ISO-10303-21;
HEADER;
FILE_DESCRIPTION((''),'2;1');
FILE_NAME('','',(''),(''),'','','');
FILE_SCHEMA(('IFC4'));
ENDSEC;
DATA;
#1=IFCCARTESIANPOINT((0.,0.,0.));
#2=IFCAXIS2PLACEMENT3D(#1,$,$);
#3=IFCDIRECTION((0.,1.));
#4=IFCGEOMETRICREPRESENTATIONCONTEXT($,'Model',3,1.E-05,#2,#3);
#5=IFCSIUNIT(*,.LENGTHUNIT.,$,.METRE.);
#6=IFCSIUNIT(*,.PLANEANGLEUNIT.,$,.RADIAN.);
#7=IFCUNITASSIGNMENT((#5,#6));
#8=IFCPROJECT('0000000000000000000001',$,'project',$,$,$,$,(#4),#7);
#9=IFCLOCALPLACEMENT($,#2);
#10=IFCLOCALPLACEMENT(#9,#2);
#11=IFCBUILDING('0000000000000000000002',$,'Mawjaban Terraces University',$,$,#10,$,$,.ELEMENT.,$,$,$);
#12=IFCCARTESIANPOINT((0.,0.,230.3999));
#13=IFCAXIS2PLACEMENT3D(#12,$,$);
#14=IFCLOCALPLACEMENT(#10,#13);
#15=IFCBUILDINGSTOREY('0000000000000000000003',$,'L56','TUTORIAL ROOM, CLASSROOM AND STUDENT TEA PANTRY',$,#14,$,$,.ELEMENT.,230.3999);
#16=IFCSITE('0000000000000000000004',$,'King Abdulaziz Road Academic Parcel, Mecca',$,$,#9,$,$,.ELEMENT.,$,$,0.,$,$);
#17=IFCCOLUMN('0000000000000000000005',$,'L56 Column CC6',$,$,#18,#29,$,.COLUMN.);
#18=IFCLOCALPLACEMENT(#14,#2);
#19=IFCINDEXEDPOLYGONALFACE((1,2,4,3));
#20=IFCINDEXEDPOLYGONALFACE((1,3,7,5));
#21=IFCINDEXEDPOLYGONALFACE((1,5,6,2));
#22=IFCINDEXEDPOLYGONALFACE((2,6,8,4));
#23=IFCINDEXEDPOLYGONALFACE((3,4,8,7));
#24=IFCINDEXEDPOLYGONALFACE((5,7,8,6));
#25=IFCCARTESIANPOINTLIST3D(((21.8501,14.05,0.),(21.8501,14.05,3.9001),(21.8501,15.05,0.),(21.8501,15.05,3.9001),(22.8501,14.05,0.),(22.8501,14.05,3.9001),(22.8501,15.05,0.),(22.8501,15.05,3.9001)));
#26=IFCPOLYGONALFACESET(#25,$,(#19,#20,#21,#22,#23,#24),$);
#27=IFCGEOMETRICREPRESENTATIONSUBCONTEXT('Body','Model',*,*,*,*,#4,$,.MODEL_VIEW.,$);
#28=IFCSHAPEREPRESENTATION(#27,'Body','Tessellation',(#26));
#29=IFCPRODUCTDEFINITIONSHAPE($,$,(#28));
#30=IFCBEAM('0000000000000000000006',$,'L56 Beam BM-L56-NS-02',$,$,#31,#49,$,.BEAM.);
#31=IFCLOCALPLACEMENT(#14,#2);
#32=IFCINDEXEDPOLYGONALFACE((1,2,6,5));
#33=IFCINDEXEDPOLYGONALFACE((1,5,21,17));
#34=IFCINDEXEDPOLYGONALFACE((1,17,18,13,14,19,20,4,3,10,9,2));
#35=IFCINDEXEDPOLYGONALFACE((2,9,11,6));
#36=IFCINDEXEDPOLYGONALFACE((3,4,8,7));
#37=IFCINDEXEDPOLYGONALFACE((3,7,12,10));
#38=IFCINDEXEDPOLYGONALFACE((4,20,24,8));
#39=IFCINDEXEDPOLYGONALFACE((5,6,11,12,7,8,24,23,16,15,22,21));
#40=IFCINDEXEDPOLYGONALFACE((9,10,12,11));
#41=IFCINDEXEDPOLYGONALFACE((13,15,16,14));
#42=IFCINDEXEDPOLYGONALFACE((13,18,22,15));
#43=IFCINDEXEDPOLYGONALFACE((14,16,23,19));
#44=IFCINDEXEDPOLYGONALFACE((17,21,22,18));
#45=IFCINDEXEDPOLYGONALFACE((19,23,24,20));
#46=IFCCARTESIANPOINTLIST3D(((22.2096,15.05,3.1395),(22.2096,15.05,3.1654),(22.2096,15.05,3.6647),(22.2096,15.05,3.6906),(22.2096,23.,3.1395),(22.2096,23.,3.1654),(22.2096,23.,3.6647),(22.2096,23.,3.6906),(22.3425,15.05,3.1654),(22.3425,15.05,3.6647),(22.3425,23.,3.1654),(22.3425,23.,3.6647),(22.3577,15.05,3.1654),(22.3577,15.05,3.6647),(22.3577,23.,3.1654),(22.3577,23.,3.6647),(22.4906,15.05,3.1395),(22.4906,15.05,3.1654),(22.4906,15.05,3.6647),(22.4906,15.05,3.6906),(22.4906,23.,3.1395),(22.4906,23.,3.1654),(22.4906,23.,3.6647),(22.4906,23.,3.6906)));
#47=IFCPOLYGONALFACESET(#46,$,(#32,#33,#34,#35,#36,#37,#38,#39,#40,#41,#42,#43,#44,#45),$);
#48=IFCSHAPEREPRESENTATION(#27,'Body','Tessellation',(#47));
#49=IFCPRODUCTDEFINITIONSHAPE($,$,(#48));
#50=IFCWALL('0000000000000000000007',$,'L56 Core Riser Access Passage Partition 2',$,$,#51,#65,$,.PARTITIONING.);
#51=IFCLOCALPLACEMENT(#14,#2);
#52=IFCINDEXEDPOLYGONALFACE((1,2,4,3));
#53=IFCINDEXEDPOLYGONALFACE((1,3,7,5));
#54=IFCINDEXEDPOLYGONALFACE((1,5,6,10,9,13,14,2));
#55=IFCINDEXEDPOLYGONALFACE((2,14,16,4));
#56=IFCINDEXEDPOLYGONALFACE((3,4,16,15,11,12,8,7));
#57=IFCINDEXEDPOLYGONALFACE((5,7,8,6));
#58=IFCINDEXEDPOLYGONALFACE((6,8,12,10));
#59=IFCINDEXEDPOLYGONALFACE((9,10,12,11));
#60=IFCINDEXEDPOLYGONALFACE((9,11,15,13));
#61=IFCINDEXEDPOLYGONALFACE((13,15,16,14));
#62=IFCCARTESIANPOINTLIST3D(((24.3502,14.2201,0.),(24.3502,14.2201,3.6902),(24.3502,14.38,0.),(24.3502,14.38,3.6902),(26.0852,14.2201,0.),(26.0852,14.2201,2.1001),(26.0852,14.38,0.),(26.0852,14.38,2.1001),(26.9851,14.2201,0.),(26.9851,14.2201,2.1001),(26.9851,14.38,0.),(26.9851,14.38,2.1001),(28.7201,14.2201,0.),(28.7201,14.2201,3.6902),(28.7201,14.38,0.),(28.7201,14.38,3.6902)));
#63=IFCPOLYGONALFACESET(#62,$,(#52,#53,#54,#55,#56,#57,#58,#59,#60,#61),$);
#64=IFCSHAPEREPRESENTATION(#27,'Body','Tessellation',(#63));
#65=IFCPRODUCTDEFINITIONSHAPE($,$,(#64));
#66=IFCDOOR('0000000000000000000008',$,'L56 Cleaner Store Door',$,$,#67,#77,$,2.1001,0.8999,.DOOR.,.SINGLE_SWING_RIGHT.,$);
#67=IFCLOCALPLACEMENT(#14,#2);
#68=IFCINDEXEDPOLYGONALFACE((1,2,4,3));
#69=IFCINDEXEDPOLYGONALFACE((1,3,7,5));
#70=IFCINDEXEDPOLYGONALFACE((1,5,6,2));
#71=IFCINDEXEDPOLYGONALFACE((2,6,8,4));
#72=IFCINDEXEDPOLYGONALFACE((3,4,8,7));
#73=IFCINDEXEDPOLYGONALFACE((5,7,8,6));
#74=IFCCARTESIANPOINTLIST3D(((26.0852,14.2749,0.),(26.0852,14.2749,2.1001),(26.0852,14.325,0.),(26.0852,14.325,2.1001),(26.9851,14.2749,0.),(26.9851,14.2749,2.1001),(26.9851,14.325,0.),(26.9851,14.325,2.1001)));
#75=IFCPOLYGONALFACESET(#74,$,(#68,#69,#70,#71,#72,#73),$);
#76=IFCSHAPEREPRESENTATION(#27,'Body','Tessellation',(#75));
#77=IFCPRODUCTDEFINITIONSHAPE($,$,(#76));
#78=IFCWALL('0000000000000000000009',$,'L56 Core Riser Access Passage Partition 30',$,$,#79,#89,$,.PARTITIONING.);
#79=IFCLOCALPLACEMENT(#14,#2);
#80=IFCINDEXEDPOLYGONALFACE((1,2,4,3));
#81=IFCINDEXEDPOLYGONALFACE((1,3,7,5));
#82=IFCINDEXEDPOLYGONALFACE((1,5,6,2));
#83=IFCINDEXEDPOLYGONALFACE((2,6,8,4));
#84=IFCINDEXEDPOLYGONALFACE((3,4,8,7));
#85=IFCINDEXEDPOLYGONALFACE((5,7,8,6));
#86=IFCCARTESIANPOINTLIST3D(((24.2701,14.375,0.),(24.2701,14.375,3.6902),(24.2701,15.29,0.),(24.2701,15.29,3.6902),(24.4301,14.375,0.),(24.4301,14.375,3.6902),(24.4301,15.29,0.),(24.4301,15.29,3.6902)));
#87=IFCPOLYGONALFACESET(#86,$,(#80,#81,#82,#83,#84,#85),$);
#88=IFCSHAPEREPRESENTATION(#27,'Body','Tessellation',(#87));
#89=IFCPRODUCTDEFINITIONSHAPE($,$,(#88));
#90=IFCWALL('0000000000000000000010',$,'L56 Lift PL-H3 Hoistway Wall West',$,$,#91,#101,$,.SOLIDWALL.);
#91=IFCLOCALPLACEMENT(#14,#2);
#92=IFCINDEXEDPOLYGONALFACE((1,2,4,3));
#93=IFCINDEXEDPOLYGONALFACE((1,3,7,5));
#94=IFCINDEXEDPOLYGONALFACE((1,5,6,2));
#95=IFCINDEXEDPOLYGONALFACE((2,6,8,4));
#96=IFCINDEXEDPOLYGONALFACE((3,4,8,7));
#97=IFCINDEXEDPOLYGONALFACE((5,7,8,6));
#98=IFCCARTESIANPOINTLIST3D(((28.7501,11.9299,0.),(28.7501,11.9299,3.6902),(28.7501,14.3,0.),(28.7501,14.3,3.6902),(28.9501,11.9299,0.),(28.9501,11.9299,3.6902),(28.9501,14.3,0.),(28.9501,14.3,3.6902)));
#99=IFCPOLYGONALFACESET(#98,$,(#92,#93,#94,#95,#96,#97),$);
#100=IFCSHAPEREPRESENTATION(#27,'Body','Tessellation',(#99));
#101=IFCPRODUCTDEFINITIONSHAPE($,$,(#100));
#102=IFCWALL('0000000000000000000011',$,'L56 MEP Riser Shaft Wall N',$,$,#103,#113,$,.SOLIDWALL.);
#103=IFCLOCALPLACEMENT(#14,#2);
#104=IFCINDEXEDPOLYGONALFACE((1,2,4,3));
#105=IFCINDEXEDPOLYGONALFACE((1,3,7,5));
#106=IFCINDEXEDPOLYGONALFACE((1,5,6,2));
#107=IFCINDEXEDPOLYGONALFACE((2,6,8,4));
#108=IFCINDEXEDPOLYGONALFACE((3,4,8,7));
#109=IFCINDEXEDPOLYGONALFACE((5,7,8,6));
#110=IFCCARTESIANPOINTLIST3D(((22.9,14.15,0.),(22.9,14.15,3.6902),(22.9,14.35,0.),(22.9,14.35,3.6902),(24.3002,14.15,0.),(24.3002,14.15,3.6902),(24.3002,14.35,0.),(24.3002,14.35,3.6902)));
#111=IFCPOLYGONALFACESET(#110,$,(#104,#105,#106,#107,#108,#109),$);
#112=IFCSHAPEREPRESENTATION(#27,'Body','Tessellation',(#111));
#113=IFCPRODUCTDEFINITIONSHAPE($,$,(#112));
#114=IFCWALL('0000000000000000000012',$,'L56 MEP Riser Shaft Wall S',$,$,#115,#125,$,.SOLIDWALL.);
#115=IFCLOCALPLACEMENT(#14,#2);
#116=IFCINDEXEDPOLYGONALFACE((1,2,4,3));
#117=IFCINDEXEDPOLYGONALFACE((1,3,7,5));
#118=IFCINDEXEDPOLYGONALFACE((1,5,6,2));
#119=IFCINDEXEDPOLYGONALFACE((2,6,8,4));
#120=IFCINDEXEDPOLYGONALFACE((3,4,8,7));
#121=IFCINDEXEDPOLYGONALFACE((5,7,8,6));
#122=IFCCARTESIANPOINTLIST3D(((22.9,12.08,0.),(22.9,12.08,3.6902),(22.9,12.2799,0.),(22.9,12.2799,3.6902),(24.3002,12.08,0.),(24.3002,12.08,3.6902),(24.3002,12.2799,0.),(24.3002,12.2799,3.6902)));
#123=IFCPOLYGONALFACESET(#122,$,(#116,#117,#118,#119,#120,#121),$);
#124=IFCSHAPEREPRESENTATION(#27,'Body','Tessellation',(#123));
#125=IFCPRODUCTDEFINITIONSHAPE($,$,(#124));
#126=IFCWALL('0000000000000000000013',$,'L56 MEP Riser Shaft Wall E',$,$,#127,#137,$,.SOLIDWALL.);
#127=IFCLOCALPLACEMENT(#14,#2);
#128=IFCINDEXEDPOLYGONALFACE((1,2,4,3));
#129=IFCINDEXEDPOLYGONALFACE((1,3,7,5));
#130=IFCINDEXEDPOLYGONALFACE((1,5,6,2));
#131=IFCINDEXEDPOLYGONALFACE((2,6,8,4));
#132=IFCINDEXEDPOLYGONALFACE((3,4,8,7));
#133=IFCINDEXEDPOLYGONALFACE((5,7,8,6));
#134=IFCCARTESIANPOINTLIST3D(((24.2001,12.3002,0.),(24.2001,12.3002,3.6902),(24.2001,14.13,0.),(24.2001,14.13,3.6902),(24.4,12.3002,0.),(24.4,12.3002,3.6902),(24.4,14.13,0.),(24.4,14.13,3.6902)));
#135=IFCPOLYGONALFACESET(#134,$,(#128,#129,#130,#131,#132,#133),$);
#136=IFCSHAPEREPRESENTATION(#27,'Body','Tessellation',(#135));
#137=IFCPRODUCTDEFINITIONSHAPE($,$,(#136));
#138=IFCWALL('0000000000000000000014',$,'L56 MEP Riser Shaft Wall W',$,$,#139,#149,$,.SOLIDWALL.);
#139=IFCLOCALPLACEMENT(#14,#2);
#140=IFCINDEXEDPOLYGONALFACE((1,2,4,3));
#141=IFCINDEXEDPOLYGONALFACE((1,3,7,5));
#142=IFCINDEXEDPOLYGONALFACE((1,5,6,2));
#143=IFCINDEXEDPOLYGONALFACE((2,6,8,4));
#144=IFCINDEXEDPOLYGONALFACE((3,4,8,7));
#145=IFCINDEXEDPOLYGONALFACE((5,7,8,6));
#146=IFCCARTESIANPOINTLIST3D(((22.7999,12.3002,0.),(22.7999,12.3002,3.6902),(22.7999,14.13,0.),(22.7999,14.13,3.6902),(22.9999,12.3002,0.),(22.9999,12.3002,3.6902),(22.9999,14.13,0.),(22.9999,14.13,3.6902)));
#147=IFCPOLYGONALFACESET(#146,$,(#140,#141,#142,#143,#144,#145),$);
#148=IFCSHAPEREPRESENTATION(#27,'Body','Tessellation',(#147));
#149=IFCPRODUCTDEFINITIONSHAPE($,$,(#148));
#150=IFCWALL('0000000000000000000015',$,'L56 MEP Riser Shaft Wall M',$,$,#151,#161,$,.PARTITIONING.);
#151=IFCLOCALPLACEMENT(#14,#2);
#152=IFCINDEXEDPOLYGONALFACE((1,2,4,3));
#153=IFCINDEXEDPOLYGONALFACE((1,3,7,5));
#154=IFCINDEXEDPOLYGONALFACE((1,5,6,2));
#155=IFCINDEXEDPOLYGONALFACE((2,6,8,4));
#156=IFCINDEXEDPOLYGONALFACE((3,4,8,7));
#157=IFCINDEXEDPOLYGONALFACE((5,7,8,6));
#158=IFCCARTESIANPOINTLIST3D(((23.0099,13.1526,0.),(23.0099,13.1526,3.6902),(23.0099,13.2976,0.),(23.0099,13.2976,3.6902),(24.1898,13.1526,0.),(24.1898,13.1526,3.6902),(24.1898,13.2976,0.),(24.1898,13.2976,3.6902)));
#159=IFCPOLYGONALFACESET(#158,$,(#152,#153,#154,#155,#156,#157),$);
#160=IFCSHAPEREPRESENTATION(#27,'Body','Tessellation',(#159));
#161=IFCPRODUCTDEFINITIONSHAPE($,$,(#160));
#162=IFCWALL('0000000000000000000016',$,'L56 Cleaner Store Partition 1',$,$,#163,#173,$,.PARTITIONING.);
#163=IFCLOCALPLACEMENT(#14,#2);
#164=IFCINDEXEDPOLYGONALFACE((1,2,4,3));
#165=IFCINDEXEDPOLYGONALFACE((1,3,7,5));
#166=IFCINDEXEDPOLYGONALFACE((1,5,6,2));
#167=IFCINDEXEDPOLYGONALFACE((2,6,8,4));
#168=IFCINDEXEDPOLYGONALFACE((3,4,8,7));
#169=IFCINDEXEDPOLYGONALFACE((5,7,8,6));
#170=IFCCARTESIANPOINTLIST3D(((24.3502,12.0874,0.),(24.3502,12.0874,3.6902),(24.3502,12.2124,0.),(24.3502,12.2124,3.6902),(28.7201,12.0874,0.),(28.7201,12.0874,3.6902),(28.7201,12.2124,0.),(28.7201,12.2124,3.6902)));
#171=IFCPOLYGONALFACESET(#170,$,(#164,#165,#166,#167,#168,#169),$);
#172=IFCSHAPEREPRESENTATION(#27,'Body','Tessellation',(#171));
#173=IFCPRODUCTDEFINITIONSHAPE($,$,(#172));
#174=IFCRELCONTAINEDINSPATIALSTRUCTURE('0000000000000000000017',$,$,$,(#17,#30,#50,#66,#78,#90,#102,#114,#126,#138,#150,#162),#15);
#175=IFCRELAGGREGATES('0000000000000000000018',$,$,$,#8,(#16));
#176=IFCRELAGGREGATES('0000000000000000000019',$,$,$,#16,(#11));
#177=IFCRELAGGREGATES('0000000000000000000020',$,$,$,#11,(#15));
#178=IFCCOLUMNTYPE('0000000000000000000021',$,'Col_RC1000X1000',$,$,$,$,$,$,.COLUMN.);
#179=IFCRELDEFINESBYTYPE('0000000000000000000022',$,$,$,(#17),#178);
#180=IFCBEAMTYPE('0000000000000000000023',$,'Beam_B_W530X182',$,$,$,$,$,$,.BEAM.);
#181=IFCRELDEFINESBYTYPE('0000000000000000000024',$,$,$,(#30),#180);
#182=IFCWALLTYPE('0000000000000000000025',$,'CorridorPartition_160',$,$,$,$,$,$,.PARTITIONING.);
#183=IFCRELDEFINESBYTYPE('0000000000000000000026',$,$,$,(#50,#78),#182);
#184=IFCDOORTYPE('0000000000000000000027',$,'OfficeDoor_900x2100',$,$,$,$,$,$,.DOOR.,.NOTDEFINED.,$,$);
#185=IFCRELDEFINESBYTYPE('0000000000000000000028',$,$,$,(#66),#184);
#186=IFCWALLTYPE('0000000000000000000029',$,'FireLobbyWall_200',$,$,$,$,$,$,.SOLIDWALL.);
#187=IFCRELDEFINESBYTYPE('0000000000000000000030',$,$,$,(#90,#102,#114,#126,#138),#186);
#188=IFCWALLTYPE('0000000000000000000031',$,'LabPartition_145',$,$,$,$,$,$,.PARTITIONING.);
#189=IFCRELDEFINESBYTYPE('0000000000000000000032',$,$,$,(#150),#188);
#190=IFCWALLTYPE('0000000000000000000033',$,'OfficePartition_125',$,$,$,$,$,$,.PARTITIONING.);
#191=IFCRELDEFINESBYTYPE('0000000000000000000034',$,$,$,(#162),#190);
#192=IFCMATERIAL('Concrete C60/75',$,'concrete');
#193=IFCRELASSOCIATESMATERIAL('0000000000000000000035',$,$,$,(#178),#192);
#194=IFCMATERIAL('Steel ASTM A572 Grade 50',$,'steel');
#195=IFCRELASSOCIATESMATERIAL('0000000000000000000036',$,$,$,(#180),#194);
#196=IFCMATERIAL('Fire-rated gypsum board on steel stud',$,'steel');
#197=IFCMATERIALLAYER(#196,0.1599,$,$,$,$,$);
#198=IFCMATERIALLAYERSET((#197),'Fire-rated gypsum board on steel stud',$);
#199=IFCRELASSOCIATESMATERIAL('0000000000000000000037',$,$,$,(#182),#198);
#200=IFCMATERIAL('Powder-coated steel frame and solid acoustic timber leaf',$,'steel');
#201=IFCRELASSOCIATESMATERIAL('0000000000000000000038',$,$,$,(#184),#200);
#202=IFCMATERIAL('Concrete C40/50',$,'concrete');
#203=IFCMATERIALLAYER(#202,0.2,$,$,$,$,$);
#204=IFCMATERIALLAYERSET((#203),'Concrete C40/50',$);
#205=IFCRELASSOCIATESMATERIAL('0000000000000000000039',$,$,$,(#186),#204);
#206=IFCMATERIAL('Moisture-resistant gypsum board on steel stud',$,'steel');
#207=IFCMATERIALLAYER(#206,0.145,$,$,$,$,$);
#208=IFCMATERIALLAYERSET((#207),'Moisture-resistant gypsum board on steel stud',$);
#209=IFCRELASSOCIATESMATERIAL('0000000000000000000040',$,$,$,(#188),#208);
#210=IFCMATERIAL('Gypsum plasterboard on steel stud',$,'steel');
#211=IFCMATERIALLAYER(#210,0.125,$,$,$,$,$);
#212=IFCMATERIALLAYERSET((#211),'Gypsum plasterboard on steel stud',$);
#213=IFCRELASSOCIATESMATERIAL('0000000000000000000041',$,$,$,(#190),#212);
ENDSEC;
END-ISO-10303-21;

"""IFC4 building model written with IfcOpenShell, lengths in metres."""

from ifc_helpers import new_model, si_unit, direction, frame, frame_2d, origin, origin_2d, place, context, subcontext, project, spatial, rectangle, i_section, extrude, material, layer, layer_set, material_profile, profile_set, type_object, element, fill, save


model = new_model("IFC4")

# Units and contexts
model_context = context("Model", 3, precision=1e-05, world=origin(), true_north=direction((0.0, 1.0)))
body_context = subcontext(model_context, "Body", "Model", "MODEL_VIEW")
ifc_project = project(units=[si_unit("LENGTHUNIT", "METRE"), si_unit("PLANEANGLEUNIT", "RADIAN")], contexts=[model_context])

# Site, building, storey
site_placement = place(None, origin())
site = spatial("IfcSite", under=ifc_project, at=site_placement, Name="King Abdulaziz Road Academic Parcel, Mecca", CompositionType="ELEMENT", RefElevation=0.0)
building_placement = place(site_placement, origin())
building = spatial("IfcBuilding", under=site, at=building_placement, Name="Mawjaban Terraces University", CompositionType="ELEMENT")
storey_placement = place(building_placement, frame((0.0, 0.0, 230.3999)))
storey = spatial("IfcBuildingStorey", under=building, at=storey_placement, Name="L56", Description="TUTORIAL ROOM, CLASSROOM AND STUDENT TEA PANTRY", CompositionType="ELEMENT", Elevation=230.3999)

# Column
ifc_material_1 = material(Name="Concrete C60/75", Category="concrete")
ifc_material_profile_1 = material_profile(ifc_material_1, rectangle(XDim=1.0, YDim=1.0, at=origin_2d()), Name="RC1000X1000")
ifc_profile_set_1 = profile_set([ifc_material_profile_1], Name="Concrete C60/75")
column_type = type_object("IfcColumnType", Name="Col_RC1000X1000", PredefinedType="COLUMN", material=ifc_profile_set_1)
column_placement = place(storey_placement, frame((22.3501, 14.55, 0.0), z_axis=(0.0, 0.0, 1.0), x_axis=(1.0, 0.0, 0.0)))
element("IfcColumn", 1, at=column_placement, inside=storey, type_object=column_type, Name="L56 Column CC6", PredefinedType="COLUMN", context=body_context, shape_type="SweptSolid", body=[
    extrude(rectangle(XDim=1.0, YDim=1.0, at=origin_2d()), origin(), (0.0, 0.0, 1.0), 3.9001),
])

# Beam
ifc_material_2 = material(Name="Steel ASTM A572 Grade 50", Category="steel")
ifc_material_profile_2 = material_profile(ifc_material_2, i_section(OverallWidth=0.281, OverallDepth=0.551, WebThickness=0.0151, FlangeThickness=0.0259, at=origin_2d()), Name="W530X182")
ifc_profile_set_2 = profile_set([ifc_material_profile_2], Name="Steel ASTM A572 Grade 50")
beam_type = type_object("IfcBeamType", Name="Beam_B_W530X182", PredefinedType="BEAM", material=ifc_profile_set_2)
beam_placement = place(storey_placement, frame((22.3501, 15.05, 3.415), z_axis=(0.0, 1.0, 0.0), x_axis=(-1.0, 0.0, 0.0)))
element("IfcBeam", 2, at=beam_placement, inside=storey, type_object=beam_type, Name="L56 Beam BM-L56-NS-02", PredefinedType="BEAM", context=body_context, shape_type="SweptSolid", body=[
    extrude(i_section(OverallWidth=0.281, OverallDepth=0.551, WebThickness=0.0151, FlangeThickness=0.0259, at=origin_2d()), origin(), (0.0, 0.0, 1.0), 7.95),
])

# Wall, opening, door
ifc_material_3 = material(Name="Fire-rated gypsum board on steel stud", Category="steel")
ifc_layer_1 = layer(ifc_material_3, 0.1599)
ifc_layer_set_1 = layer_set([ifc_layer_1], Name="Fire-rated gypsum board on steel stud")
wall_type_1 = type_object("IfcWallType", Name="CorridorPartition_160", PredefinedType="PARTITIONING", material=ifc_layer_set_1)
wall_1_placement = place(storey_placement, frame((24.3501, 14.3, 0.0), z_axis=(0.0, 0.0, 1.0), x_axis=(1.0, 0.0, 0.0)))
wall_1 = element("IfcWall", 3, at=wall_1_placement, inside=storey, type_object=wall_type_1, Name="L56 Core Riser Access Passage Partition 2", PredefinedType="PARTITIONING", context=body_context, shape_type="SweptSolid", body=[
    extrude(rectangle(XDim=4.3699, YDim=0.1599, at=frame_2d((2.1851, 0.0))), origin(), (0.0, 0.0, 1.0), 3.6902),
])
opening_placement = place(wall_1_placement, frame((1.7351, 0.0, 0.0)))
opening = element("IfcOpeningElement", 4, at=opening_placement, cuts=wall_1, PredefinedType="OPENING", context=body_context, shape_type="SweptSolid", body=[
    extrude(rectangle(XDim=0.8999, YDim=2.1001, at=frame_2d((0.45, 1.05))), frame((0.0, 0.0898, 0.0), z_axis=(0.0, -1.0, 0.0), x_axis=(1.0, 0.0, 0.0)), (0.0, 0.0, 1.0), 0.1799),
])
ifc_material_4 = material(Name="Powder-coated steel frame and solid acoustic timber leaf", Category="steel")
door_type = type_object("IfcDoorType", Name="OfficeDoor_900x2100", OperationType="NOTDEFINED", PredefinedType="DOOR", material=ifc_material_4)
door_placement = place(opening_placement, origin())
door = element("IfcDoor", 5, at=door_placement, inside=storey, type_object=door_type, Name="L56 Cleaner Store Door", OperationType="SINGLE_SWING_RIGHT", OverallHeight=2.1001, OverallWidth=0.8999, PredefinedType="DOOR", context=body_context, shape_type="SweptSolid", body=[
    extrude(rectangle(XDim=0.8999, YDim=2.1001, at=frame_2d((0.45, 1.05))), frame((0.0, 0.0249, 0.0), z_axis=(0.0, -1.0, 0.0), x_axis=(1.0, 0.0, 0.0)), (0.0, 0.0, 1.0), 0.05),
])
fill(opening, door)

# Walls
wall_2_placement = place(storey_placement, frame((24.3501, 15.29, 0.0), z_axis=(0.0, 0.0, 1.0), x_axis=(0.0, -1.0, 0.0)))
element("IfcWall", 6, at=wall_2_placement, inside=storey, type_object=wall_type_1, Name="L56 Core Riser Access Passage Partition 30", PredefinedType="PARTITIONING", context=body_context, shape_type="SweptSolid", body=[
    extrude(rectangle(XDim=0.915, YDim=0.1599, at=frame_2d((0.4575, 0.0))), origin(), (0.0, 0.0, 1.0), 3.6902),
])
ifc_material_5 = material(Name="Concrete C40/50", Category="concrete")
ifc_layer_2 = layer(ifc_material_5, 0.2)
ifc_layer_set_2 = layer_set([ifc_layer_2], Name="Concrete C40/50")
wall_type_2 = type_object("IfcWallType", Name="FireLobbyWall_200", PredefinedType="SOLIDWALL", material=ifc_layer_set_2)
wall_3_placement = place(storey_placement, frame((28.8501, 14.3, 0.0), z_axis=(0.0, 0.0, 1.0), x_axis=(0.0, -1.0, 0.0)))
element("IfcWall", 7, at=wall_3_placement, inside=storey, type_object=wall_type_2, Name="L56 Lift PL-H3 Hoistway Wall West", PredefinedType="SOLIDWALL", context=body_context, shape_type="SweptSolid", body=[
    extrude(rectangle(XDim=2.3701, YDim=0.2, at=frame_2d((1.1851, 0.0))), origin(), (0.0, 0.0, 1.0), 3.6902),
])
for number, where, z_axis, x_axis, name in (
    (8, (22.8999, 14.25, 0.0), (0.0, 0.0, 1.0), (1.0, 0.0, 0.0), "L56 MEP Riser Shaft Wall N"),
    (9, (22.8999, 12.1799, 0.0), (0.0, 0.0, 1.0), (1.0, 0.0, 0.0), "L56 MEP Riser Shaft Wall S"),
):
    element("IfcWall", number, at=place(storey_placement, frame(where, z_axis=z_axis, x_axis=x_axis)), inside=storey, type_object=wall_type_2, Name=name, PredefinedType="SOLIDWALL", context=body_context, shape_type="SweptSolid", body=[
        extrude(rectangle(XDim=1.4001, YDim=0.2, at=frame_2d((0.7002, 0.0))), origin(), (0.0, 0.0, 1.0), 3.6902),
    ])
for number, where, z_axis, x_axis, name in (
    (10, (24.3, 12.3, 0.0), (0.0, 0.0, 1.0), (0.0, 1.0, 0.0), "L56 MEP Riser Shaft Wall E"),
    (11, (22.8999, 12.3, 0.0), (0.0, 0.0, 1.0), (0.0, 1.0, 0.0), "L56 MEP Riser Shaft Wall W"),
):
    element("IfcWall", number, at=place(storey_placement, frame(where, z_axis=z_axis, x_axis=x_axis)), inside=storey, type_object=wall_type_2, Name=name, PredefinedType="SOLIDWALL", context=body_context, shape_type="SweptSolid", body=[
        extrude(rectangle(XDim=1.8298, YDim=0.2, at=frame_2d((0.915, 0.0))), origin(), (0.0, 0.0, 1.0), 3.6902),
    ])
ifc_material_6 = material(Name="Moisture-resistant gypsum board on steel stud", Category="steel")
ifc_layer_3 = layer(ifc_material_6, 0.145)
ifc_layer_set_3 = layer_set([ifc_layer_3], Name="Moisture-resistant gypsum board on steel stud")
wall_type_3 = type_object("IfcWallType", Name="LabPartition_145", PredefinedType="PARTITIONING", material=ifc_layer_set_3)
wall_4_placement = place(storey_placement, frame((23.01, 13.2251, 0.0), z_axis=(0.0, 0.0, 1.0), x_axis=(1.0, 0.0, 0.0)))
element("IfcWall", 12, at=wall_4_placement, inside=storey, type_object=wall_type_3, Name="L56 MEP Riser Shaft Wall M", PredefinedType="PARTITIONING", context=body_context, shape_type="SweptSolid", body=[
    extrude(rectangle(XDim=1.1799, YDim=0.145, at=frame_2d((0.5898, 0.0))), origin(), (0.0, 0.0, 1.0), 3.6902),
])
ifc_material_7 = material(Name="Gypsum plasterboard on steel stud", Category="steel")
ifc_layer_4 = layer(ifc_material_7, 0.125)
ifc_layer_set_4 = layer_set([ifc_layer_4], Name="Gypsum plasterboard on steel stud")
wall_type_4 = type_object("IfcWallType", Name="OfficePartition_125", PredefinedType="PARTITIONING", material=ifc_layer_set_4)
wall_5_placement = place(storey_placement, frame((24.3501, 12.1499, 0.0), z_axis=(0.0, 0.0, 1.0), x_axis=(1.0, 0.0, 0.0)))
element("IfcWall", 13, at=wall_5_placement, inside=storey, type_object=wall_type_4, Name="L56 Cleaner Store Partition 1", PredefinedType="PARTITIONING", context=body_context, shape_type="SweptSolid", body=[
    extrude(rectangle(XDim=4.3699, YDim=0.125, at=frame_2d((2.1851, 0.0))), origin(), (0.0, 0.0, 1.0), 3.6902),
])

save(model, "model.ifc")
